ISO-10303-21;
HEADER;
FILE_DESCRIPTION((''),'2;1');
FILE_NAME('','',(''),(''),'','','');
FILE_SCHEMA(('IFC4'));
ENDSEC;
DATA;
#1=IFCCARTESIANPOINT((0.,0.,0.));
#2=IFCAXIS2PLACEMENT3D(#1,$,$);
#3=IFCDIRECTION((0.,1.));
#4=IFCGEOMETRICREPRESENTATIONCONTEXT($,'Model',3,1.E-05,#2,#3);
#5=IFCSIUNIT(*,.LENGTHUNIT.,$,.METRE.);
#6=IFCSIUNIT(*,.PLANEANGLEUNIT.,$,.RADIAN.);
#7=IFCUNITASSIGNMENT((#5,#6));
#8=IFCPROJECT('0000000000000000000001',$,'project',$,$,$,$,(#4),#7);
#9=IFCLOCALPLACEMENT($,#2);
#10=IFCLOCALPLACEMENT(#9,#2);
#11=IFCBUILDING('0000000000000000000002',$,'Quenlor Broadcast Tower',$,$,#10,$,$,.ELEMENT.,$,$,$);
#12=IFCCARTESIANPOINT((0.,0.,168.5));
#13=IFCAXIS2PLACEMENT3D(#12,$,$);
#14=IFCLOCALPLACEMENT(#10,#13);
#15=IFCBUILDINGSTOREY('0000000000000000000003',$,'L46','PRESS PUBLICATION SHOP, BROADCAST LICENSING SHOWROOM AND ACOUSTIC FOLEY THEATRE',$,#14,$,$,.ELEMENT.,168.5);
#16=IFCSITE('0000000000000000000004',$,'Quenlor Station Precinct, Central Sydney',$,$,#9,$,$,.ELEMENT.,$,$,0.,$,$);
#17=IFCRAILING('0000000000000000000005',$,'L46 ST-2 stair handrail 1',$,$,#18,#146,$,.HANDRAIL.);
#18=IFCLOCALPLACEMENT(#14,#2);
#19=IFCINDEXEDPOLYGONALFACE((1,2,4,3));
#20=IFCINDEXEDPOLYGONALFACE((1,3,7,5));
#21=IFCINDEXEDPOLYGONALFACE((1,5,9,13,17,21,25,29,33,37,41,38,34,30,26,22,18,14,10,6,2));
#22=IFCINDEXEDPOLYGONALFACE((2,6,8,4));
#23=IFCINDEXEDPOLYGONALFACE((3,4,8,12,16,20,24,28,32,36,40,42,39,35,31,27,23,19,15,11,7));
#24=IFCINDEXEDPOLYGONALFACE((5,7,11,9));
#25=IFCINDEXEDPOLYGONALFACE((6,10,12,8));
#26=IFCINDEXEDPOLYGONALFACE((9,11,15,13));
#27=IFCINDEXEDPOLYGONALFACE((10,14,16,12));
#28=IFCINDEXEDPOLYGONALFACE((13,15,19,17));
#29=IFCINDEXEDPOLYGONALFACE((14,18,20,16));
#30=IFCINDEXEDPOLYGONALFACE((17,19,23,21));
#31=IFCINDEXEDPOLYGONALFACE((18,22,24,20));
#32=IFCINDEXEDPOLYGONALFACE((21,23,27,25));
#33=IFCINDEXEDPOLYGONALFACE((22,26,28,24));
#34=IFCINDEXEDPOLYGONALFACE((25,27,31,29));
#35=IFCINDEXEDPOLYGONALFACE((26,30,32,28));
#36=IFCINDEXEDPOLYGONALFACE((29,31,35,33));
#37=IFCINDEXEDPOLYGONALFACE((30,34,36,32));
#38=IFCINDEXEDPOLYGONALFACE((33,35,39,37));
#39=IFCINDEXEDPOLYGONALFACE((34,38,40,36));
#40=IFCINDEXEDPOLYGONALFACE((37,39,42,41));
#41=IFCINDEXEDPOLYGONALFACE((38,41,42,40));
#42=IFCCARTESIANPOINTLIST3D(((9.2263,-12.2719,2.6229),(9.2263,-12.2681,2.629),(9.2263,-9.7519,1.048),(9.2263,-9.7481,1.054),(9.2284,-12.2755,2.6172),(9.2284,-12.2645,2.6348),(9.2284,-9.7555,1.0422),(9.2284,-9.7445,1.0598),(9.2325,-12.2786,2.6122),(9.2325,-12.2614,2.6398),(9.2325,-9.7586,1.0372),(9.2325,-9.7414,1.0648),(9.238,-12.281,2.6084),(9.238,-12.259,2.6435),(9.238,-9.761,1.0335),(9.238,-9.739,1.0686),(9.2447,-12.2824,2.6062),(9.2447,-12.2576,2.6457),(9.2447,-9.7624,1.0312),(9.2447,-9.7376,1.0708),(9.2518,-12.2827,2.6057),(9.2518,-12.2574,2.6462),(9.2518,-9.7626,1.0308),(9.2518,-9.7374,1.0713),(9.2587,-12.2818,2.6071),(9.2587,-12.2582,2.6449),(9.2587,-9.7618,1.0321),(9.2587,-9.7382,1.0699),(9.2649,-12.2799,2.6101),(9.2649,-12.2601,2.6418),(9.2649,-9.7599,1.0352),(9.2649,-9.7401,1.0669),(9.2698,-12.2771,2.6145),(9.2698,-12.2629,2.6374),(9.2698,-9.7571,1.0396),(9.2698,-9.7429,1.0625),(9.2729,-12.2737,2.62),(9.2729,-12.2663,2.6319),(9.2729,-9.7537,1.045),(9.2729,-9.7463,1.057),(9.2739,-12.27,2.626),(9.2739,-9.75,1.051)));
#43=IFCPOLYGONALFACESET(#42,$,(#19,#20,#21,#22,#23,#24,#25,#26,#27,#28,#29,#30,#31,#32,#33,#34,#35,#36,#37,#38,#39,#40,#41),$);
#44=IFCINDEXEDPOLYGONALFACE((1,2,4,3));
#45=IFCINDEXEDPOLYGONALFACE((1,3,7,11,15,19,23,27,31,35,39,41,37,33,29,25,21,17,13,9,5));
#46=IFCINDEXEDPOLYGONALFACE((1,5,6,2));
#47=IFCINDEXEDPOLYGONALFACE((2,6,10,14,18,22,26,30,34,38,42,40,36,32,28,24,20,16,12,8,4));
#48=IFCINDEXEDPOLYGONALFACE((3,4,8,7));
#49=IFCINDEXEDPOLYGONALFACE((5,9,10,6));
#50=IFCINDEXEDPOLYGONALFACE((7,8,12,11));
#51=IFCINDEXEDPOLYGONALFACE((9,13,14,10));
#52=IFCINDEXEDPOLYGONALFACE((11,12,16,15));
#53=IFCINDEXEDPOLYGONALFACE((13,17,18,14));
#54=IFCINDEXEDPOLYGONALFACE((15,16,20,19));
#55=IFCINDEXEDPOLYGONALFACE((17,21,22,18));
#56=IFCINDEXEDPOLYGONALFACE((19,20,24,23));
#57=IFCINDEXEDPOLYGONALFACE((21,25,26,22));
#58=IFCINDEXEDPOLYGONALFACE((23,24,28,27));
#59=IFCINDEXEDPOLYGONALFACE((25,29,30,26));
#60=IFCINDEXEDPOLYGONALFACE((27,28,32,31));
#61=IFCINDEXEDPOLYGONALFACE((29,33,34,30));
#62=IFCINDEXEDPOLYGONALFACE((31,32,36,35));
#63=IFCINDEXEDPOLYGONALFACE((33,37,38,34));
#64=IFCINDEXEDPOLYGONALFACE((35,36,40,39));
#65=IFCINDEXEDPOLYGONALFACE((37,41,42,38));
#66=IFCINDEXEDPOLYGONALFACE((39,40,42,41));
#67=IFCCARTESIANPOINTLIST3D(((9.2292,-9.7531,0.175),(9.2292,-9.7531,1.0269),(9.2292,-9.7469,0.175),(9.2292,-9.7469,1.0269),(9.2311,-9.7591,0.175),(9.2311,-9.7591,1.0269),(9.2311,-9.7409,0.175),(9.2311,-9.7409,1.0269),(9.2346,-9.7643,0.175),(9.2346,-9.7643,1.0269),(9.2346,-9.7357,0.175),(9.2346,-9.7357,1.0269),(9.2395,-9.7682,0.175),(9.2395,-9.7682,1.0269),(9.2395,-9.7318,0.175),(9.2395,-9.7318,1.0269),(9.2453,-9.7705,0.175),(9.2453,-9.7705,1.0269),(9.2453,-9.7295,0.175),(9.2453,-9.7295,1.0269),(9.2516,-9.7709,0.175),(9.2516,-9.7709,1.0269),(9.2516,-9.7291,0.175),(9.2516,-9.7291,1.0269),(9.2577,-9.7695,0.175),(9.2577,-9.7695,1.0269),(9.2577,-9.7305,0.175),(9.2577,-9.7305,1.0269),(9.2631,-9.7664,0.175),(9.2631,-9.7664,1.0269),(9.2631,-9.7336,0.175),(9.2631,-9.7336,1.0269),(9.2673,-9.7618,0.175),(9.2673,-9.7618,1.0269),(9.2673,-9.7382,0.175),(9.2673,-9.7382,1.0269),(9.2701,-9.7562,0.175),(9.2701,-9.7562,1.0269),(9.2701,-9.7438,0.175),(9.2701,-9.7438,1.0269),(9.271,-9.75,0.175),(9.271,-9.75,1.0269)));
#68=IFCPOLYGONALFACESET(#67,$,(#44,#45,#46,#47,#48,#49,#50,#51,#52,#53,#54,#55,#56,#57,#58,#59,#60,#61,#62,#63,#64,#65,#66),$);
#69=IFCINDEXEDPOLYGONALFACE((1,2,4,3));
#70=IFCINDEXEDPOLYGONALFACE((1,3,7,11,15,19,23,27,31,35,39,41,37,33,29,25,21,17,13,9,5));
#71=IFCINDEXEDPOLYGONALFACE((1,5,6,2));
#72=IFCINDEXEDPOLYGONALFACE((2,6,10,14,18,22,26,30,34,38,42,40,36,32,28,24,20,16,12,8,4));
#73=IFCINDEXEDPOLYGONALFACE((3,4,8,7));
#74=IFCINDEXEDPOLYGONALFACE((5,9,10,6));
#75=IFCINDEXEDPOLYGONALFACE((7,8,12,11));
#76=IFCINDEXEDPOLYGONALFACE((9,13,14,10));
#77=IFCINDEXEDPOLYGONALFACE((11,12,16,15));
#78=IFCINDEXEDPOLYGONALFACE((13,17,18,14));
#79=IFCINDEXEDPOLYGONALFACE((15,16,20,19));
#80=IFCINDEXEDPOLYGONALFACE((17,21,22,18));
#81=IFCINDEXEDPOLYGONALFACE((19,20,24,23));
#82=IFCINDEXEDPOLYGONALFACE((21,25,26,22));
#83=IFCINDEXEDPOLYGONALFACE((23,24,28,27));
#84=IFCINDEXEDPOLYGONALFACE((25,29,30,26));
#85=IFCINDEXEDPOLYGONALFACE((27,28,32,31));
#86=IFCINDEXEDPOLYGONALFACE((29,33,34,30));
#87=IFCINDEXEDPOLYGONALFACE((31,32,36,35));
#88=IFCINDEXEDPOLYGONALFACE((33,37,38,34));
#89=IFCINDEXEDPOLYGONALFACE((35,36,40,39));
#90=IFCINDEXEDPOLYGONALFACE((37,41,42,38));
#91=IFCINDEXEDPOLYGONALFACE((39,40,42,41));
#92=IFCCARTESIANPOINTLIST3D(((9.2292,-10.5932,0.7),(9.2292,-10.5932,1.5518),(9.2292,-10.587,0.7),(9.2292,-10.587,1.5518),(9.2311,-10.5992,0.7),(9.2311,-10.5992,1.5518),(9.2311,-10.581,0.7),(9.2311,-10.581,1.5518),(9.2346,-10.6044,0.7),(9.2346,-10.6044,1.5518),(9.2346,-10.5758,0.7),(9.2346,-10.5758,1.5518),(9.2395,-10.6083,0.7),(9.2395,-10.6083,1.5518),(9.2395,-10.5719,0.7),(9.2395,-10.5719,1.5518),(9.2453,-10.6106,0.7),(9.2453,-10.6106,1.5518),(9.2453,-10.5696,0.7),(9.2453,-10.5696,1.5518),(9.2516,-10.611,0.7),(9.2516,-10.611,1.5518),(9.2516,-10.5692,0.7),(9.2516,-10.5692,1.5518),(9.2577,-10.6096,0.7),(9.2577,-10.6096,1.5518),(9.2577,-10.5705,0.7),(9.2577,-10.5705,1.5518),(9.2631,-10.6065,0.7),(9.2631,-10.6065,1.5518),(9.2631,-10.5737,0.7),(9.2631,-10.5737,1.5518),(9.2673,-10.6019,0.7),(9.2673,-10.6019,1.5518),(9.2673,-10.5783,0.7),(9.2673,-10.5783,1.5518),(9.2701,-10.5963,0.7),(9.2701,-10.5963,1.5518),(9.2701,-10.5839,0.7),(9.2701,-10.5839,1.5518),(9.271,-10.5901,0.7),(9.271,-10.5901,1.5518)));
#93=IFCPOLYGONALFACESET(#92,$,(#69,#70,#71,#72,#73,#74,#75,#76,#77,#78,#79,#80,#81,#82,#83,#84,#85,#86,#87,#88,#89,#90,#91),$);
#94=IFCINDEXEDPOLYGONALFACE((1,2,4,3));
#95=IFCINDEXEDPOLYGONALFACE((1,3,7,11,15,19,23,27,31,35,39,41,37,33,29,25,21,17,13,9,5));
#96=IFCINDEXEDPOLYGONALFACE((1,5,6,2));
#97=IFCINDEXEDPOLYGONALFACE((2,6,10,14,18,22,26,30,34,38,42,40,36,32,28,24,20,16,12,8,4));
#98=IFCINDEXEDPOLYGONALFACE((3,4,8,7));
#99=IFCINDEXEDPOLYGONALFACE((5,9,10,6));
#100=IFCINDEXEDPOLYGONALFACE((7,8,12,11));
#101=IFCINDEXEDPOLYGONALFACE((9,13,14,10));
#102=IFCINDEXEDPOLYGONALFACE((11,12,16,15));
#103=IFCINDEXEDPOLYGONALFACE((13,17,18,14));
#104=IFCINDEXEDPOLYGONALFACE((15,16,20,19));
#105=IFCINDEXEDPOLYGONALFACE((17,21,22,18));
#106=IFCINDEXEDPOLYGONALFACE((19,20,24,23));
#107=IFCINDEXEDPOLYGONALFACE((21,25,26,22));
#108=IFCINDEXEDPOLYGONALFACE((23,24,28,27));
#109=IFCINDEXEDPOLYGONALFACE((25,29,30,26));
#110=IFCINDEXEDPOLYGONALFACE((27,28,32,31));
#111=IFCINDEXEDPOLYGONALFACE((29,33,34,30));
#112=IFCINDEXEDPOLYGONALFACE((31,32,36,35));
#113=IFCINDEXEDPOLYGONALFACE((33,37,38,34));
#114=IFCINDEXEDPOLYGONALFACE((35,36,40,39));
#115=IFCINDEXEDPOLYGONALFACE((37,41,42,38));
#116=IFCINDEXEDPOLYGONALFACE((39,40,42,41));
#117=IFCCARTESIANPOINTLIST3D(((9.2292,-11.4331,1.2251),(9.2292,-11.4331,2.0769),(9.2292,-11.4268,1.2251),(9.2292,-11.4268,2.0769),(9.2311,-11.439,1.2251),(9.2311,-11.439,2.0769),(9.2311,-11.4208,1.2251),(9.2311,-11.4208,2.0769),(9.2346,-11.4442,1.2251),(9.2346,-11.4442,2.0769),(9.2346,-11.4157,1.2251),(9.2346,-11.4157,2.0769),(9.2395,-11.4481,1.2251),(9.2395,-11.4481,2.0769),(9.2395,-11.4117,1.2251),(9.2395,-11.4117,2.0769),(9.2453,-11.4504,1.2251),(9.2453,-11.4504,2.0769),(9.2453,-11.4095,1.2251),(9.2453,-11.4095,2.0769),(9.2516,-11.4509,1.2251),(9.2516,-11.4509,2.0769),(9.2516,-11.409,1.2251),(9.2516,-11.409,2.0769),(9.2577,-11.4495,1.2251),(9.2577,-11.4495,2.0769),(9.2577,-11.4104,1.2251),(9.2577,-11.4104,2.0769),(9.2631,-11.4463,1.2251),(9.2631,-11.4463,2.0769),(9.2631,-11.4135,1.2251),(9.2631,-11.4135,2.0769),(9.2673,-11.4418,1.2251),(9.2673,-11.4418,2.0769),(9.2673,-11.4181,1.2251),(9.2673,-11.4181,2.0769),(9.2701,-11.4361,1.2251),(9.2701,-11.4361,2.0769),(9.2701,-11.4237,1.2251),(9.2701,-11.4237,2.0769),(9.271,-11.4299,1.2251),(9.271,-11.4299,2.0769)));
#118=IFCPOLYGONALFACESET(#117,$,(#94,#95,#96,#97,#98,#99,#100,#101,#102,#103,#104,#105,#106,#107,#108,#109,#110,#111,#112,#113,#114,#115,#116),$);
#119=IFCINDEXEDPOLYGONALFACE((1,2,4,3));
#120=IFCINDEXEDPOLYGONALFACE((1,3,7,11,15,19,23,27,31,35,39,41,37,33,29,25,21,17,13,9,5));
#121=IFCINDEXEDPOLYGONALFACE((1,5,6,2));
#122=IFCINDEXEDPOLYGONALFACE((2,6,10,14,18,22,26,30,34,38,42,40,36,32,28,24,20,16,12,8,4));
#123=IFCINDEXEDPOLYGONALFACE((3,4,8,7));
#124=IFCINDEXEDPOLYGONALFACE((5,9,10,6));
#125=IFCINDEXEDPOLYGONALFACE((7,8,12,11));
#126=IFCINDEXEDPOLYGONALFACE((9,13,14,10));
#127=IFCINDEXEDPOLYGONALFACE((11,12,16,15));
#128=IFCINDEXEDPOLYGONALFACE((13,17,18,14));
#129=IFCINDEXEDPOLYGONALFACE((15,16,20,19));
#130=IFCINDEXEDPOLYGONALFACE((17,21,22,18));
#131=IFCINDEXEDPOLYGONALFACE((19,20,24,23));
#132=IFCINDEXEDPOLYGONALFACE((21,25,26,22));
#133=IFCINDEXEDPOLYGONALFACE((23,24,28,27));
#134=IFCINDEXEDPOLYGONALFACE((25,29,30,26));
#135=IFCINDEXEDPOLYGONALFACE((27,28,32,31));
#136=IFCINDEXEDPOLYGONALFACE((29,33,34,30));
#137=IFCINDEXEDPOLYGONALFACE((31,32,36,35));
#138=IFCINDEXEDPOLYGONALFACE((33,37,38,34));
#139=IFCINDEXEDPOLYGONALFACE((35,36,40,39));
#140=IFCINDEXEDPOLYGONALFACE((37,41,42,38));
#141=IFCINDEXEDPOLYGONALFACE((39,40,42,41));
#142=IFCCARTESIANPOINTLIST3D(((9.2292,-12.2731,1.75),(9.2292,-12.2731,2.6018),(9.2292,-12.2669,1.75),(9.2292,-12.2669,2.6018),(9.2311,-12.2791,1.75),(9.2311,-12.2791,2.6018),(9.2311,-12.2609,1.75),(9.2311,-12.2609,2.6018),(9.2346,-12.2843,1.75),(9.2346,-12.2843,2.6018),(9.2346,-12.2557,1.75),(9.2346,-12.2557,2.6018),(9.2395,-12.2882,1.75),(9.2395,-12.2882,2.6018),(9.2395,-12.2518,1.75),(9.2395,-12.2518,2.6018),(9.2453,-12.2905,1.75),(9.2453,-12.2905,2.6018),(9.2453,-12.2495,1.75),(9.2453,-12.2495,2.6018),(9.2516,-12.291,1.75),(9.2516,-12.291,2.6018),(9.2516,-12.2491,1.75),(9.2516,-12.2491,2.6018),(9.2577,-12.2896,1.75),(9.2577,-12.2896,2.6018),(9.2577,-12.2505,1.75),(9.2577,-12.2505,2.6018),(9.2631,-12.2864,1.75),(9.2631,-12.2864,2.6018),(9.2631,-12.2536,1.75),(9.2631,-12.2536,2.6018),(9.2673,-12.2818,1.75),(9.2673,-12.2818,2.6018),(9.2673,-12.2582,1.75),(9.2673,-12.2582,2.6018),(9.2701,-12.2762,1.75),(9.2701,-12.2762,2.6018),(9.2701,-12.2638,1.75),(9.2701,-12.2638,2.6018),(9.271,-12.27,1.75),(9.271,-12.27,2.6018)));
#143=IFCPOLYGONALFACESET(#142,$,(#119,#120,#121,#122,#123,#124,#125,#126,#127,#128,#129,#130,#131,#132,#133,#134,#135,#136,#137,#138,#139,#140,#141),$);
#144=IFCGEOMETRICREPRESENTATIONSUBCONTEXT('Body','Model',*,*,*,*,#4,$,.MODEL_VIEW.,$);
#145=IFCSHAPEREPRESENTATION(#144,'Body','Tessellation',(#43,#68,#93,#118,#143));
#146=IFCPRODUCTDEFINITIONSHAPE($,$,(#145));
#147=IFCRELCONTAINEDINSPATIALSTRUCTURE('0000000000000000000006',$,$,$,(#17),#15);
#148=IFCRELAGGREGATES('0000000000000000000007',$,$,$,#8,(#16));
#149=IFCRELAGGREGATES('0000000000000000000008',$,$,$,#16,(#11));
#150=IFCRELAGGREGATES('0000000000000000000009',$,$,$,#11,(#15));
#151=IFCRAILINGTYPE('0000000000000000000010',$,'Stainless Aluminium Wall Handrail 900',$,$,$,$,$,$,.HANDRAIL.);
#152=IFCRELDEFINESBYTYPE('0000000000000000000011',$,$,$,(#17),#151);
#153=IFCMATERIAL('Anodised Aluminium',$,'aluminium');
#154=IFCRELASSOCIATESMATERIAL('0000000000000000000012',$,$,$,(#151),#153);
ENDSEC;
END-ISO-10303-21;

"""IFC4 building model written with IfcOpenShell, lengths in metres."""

from ifc_helpers import new_model, si_unit, direction, frame, origin, origin_2d, place, context, subcontext, project, spatial, circle, extrude, material, type_object, element, save


model = new_model("IFC4")

# Units and contexts
model_context = context("Model", 3, precision=1e-05, world=origin(), true_north=direction((0.0, 1.0)))
body_context = subcontext(model_context, "Body", "Model", "MODEL_VIEW")
ifc_project = project(units=[si_unit("LENGTHUNIT", "METRE"), si_unit("PLANEANGLEUNIT", "RADIAN")], contexts=[model_context])

# Site, building, storey
site_placement = place(None, origin())
site = spatial("IfcSite", under=ifc_project, at=site_placement, Name="Quenlor Station Precinct, Central Sydney", CompositionType="ELEMENT", RefElevation=0.0)
building_placement = place(site_placement, origin())
building = spatial("IfcBuilding", under=site, at=building_placement, Name="Quenlor Broadcast Tower", CompositionType="ELEMENT")
storey_placement = place(building_placement, frame((0.0, 0.0, 168.5)))
storey = spatial("IfcBuildingStorey", under=building, at=storey_placement, Name="L46", Description="PRESS PUBLICATION SHOP, BROADCAST LICENSING SHOWROOM AND ACOUSTIC FOLEY THEATRE", CompositionType="ELEMENT", Elevation=168.5)

# Railing
ifc_material_1 = material(Name="Anodised Aluminium", Category="aluminium")
railing_type_1 = type_object("IfcRailingType", Name="Stainless Aluminium Wall Handrail 900", PredefinedType="HANDRAIL", material=ifc_material_1)
railing_1_placement = place(storey_placement, frame((9.25, -9.75, 0.175)))
element("IfcRailing", 1, at=railing_1_placement, inside=storey, type_object=railing_type_1, Name="L46 ST-2 stair handrail 1", PredefinedType="HANDRAIL", context=body_context, shape_type="SweptSolid", body=[
    extrude(circle(Radius=0.0239, at=origin_2d()), frame((0.0, 0.0, 0.876), z_axis=(0.0, -0.848008, 0.529984), x_axis=(1.0, 0.0, 0.0)), (0.0, 0.0, 1.0), 2.9717),
    extrude(circle(Radius=0.021, at=origin_2d()), origin(), (0.0, 0.0, 1.0), 0.8518),
    extrude(circle(Radius=0.021, at=origin_2d()), frame((0.0, -0.8401, 0.5249)), (0.0, 0.0, 1.0), 0.8518),
    extrude(circle(Radius=0.021, at=origin_2d()), frame((0.0, -1.6799, 1.05)), (0.0, 0.0, 1.0), 0.8518),
    extrude(circle(Radius=0.021, at=origin_2d()), frame((0.0, -2.52, 1.575)), (0.0, 0.0, 1.0), 0.8518),
])

save(model, "model.ifc")
